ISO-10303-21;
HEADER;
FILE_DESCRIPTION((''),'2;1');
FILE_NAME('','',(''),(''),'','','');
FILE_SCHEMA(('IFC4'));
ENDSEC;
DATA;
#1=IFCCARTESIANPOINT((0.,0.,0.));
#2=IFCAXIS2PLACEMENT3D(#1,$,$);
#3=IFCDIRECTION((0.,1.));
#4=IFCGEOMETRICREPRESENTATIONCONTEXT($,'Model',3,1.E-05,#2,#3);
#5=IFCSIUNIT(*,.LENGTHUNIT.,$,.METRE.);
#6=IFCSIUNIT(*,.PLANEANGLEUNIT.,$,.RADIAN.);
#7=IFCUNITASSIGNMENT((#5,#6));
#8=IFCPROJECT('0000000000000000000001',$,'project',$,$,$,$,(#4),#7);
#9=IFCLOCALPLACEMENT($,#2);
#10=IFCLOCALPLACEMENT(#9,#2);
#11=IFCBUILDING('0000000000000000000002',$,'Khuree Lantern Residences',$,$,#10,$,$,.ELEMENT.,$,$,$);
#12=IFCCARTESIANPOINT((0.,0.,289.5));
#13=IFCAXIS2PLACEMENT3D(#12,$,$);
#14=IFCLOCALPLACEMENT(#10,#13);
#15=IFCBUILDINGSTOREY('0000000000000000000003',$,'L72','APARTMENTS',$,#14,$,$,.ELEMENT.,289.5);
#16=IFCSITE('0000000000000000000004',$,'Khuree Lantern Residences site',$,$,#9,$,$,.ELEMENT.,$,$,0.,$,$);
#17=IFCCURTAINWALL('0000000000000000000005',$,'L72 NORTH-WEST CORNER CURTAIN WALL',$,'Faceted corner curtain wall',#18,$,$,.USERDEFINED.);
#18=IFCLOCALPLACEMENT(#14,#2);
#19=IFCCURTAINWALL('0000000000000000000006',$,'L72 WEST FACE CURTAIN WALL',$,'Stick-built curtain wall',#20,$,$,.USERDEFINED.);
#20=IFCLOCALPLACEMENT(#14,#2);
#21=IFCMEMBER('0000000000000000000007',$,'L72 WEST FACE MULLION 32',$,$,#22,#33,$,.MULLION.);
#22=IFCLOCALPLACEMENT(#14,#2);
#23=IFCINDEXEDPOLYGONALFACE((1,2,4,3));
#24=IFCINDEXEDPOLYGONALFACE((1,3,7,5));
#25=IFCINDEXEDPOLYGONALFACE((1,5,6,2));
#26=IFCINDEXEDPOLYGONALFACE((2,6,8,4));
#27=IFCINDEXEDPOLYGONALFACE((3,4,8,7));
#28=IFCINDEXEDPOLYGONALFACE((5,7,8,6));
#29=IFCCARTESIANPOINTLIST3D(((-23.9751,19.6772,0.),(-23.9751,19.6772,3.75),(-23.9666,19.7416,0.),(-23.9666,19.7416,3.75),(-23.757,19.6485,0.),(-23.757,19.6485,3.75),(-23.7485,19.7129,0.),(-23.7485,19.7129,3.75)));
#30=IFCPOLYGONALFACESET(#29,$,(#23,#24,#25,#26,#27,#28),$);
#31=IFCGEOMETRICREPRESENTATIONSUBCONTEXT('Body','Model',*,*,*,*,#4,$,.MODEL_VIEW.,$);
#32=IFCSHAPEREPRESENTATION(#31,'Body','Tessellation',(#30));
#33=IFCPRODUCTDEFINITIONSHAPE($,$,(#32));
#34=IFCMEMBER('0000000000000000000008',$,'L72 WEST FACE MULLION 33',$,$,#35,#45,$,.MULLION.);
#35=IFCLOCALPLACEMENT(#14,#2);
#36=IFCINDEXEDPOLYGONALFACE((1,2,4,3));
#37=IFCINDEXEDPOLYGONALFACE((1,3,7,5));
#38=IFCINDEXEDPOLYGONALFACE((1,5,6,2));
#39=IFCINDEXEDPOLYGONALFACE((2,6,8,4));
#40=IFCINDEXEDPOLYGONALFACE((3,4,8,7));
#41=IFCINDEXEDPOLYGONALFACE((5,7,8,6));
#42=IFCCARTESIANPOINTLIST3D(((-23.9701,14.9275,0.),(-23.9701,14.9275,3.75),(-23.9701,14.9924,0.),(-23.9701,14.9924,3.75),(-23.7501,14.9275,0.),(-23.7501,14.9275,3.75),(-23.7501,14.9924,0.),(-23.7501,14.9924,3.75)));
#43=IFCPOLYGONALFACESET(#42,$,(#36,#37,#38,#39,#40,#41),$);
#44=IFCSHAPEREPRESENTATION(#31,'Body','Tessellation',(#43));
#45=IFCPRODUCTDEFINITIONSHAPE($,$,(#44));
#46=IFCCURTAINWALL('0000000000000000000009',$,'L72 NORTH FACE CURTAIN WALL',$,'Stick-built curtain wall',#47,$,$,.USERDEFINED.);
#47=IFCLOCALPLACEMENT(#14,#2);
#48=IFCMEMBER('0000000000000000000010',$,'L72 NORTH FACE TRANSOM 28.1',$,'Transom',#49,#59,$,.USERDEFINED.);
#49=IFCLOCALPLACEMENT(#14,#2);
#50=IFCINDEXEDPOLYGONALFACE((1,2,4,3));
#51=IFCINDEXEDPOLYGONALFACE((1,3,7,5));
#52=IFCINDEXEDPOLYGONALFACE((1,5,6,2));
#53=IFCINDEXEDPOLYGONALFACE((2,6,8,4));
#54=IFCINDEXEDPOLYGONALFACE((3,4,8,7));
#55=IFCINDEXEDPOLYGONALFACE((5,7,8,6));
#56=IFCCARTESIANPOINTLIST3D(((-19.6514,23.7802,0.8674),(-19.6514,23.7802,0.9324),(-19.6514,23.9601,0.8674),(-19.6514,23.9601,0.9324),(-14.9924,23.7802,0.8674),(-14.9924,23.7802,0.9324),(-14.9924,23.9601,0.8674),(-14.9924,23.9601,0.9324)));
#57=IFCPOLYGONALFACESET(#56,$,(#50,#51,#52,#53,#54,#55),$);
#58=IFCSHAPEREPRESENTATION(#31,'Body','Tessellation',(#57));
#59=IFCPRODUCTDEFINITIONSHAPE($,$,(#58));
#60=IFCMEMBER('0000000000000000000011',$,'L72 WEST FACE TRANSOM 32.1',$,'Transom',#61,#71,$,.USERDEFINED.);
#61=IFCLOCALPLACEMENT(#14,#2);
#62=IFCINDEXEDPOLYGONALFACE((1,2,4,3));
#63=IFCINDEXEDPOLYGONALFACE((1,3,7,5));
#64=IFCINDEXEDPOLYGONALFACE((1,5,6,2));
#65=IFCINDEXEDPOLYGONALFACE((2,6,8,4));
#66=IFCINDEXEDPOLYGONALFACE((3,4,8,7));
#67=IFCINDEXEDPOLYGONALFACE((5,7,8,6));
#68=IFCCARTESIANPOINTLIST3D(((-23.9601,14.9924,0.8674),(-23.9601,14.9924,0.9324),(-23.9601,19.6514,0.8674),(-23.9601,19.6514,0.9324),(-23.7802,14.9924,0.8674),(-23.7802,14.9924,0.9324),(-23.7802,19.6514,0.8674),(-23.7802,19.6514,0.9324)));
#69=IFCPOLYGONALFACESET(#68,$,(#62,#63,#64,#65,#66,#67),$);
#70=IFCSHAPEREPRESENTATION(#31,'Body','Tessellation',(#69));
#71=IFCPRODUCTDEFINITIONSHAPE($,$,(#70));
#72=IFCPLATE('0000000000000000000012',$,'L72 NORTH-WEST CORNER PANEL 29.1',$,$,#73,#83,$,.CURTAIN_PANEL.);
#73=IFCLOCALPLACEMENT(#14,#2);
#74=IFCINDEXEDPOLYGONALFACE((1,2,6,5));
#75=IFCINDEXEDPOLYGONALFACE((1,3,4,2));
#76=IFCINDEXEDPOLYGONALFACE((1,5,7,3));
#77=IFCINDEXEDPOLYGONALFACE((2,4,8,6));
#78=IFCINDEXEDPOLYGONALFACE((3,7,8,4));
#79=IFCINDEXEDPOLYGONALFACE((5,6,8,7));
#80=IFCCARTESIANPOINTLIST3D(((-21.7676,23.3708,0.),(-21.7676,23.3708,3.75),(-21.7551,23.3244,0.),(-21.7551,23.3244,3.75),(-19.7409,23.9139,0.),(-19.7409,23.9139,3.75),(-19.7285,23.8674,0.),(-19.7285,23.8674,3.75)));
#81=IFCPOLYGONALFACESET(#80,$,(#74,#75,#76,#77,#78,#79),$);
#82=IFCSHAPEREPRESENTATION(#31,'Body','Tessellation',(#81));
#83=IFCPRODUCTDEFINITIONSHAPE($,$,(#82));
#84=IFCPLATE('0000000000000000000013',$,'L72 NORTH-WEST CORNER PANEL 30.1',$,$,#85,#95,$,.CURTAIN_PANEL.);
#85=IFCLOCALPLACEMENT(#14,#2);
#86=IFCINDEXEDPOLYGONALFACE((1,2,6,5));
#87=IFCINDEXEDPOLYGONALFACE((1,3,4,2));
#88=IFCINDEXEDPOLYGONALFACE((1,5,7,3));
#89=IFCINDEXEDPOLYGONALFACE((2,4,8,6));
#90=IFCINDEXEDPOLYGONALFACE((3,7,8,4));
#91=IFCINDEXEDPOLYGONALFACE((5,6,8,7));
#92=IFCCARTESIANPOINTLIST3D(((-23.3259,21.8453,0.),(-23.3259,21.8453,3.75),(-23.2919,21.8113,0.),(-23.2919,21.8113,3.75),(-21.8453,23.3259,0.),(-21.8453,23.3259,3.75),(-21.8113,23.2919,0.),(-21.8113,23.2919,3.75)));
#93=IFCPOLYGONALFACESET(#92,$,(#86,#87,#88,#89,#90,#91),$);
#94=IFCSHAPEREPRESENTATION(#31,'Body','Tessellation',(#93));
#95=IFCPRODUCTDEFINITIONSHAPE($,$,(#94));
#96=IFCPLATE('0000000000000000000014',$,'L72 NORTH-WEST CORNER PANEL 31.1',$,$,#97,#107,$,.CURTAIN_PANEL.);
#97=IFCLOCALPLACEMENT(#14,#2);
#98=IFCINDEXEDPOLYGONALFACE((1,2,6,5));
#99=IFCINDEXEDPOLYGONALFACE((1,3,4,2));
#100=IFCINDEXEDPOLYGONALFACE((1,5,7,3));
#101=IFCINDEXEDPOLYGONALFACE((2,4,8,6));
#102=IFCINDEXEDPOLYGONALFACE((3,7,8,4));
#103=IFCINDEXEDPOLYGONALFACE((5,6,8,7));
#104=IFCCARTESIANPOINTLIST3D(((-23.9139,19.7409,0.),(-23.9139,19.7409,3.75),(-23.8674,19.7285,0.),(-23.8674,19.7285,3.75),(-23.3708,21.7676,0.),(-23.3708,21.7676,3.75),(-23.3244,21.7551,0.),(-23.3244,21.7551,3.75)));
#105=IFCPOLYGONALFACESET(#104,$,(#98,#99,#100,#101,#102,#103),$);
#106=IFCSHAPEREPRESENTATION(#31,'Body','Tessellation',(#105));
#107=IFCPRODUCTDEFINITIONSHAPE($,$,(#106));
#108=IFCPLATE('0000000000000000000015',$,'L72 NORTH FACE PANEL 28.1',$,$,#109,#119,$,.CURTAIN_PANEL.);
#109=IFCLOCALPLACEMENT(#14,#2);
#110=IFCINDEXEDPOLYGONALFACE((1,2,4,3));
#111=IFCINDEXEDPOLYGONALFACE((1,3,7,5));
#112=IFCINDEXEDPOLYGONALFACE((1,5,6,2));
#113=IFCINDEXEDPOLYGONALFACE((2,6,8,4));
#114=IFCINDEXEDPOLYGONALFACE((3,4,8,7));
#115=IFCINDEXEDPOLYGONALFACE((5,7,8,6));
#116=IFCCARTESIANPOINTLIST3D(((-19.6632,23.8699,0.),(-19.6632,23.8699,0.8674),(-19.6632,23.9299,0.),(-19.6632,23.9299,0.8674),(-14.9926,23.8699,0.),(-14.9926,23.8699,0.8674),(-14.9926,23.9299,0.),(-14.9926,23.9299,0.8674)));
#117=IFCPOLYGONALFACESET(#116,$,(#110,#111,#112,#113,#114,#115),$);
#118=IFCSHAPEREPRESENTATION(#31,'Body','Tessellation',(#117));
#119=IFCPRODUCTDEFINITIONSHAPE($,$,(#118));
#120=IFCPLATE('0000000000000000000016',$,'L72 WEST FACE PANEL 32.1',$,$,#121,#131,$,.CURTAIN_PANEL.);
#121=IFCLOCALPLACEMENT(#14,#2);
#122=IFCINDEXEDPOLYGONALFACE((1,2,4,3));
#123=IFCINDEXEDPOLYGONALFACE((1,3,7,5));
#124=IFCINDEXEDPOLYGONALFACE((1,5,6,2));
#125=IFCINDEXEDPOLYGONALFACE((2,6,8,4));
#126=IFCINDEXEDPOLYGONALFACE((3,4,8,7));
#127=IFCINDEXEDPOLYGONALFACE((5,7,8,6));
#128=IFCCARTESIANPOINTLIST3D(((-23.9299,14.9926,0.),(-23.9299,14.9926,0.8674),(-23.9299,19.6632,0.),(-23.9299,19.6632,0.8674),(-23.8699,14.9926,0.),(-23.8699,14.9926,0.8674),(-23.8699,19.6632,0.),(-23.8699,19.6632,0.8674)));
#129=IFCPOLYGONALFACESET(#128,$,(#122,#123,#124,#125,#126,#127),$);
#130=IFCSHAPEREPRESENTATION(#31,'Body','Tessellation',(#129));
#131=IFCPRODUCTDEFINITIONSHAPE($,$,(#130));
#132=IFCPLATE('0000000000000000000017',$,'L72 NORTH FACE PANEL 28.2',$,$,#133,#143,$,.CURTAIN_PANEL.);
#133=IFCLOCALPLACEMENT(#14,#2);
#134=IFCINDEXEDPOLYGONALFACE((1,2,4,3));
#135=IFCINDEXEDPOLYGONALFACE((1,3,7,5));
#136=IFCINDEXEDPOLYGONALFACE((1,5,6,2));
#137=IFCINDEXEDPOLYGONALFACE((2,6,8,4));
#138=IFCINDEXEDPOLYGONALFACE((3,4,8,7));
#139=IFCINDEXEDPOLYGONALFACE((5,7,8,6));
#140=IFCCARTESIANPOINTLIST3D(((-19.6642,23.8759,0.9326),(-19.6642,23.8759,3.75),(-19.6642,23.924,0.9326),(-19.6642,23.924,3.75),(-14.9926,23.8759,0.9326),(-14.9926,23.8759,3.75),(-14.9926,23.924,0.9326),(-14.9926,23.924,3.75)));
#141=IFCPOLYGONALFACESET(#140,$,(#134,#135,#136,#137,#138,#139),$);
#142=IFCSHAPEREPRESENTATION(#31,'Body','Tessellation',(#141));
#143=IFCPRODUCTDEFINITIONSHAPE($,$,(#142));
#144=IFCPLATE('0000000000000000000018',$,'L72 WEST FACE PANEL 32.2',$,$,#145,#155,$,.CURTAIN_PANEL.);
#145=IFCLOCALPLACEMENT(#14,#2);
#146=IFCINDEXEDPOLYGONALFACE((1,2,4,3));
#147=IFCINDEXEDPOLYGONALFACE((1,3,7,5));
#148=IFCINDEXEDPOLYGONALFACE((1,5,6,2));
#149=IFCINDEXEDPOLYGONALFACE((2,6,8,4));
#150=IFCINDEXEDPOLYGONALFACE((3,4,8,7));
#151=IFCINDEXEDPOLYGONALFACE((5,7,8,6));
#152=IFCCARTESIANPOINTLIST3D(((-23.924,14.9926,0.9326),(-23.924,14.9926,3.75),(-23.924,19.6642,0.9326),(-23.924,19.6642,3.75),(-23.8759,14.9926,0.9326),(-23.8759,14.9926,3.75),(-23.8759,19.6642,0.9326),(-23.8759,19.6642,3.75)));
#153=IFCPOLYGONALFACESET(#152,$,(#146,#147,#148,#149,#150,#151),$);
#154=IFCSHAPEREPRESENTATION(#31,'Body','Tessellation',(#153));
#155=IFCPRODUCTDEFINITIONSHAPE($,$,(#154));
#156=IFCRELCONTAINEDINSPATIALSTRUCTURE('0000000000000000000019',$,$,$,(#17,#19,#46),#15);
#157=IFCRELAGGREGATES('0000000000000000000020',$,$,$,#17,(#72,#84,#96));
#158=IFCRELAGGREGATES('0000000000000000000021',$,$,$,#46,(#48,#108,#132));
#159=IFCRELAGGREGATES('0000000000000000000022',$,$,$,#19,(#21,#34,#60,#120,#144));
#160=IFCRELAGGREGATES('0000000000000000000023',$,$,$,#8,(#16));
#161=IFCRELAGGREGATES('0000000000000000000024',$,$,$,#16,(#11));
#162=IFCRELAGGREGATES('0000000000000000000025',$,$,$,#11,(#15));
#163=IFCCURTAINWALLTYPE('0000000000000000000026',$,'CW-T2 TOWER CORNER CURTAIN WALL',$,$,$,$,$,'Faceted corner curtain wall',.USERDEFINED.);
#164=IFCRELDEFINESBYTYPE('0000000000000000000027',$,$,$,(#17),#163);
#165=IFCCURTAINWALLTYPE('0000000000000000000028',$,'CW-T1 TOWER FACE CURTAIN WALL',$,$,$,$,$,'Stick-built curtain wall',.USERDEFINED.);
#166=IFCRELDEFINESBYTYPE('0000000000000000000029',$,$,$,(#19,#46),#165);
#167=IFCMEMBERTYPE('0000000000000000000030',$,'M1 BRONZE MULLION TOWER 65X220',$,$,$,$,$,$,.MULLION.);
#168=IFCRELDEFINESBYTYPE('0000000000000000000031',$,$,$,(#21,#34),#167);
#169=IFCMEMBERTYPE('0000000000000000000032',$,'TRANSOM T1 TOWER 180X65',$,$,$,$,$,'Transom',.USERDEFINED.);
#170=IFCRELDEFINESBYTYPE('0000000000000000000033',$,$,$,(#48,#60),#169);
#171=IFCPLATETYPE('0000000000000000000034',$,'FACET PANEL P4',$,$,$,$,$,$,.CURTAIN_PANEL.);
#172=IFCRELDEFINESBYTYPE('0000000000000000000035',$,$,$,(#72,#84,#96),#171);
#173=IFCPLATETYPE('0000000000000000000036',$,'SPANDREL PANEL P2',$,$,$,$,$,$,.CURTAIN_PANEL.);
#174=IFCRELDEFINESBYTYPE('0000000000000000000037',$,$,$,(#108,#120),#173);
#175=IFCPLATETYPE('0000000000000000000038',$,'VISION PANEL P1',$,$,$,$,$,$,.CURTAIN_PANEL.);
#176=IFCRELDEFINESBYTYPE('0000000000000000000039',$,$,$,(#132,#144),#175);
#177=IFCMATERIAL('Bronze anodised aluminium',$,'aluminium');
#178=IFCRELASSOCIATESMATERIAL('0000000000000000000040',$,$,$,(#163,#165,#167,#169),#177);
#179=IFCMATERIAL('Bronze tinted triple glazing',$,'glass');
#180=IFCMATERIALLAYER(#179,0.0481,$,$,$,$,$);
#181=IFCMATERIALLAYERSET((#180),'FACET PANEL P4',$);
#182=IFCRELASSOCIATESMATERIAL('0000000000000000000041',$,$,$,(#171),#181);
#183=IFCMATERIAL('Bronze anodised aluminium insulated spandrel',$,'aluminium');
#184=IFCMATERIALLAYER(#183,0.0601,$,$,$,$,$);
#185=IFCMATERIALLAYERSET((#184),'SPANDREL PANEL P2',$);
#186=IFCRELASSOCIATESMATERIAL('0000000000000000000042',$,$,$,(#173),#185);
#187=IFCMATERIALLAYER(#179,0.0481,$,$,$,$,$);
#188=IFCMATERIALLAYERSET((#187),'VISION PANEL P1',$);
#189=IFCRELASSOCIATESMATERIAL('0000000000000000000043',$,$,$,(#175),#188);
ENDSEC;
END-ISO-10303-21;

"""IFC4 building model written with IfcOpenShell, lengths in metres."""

from ifc_helpers import new_model, si_unit, direction, frame, origin, origin_2d, place, context, subcontext, project, spatial, rectangle, extrude, material, layer, layer_set, material_profile, profile_set, type_object, element, aggregate, save


model = new_model("IFC4")

# Units and contexts
model_context = context("Model", 3, precision=1e-05, world=origin(), true_north=direction((0.0, 1.0)))
body_context = subcontext(model_context, "Body", "Model", "MODEL_VIEW")
ifc_project = project(units=[si_unit("LENGTHUNIT", "METRE"), si_unit("PLANEANGLEUNIT", "RADIAN")], contexts=[model_context])

# Site, building, storey
site_placement = place(None, origin())
site = spatial("IfcSite", under=ifc_project, at=site_placement, Name="Khuree Lantern Residences site", CompositionType="ELEMENT", RefElevation=0.0)
building_placement = place(site_placement, origin())
building = spatial("IfcBuilding", under=site, at=building_placement, Name="Khuree Lantern Residences", CompositionType="ELEMENT")
storey_placement = place(building_placement, frame((0.0, 0.0, 289.5)))
storey = spatial("IfcBuildingStorey", under=building, at=storey_placement, Name="L72", Description="APARTMENTS", CompositionType="ELEMENT", Elevation=289.5)

# Curtain wall
ifc_material_1 = material(Name="Bronze anodised aluminium", Category="aluminium")
curtain_wall_type_1 = type_object("IfcCurtainWallType", Name="CW-T2 TOWER CORNER CURTAIN WALL", ElementType="Faceted corner curtain wall", PredefinedType="USERDEFINED", material=ifc_material_1)
curtain_wall_1_placement = place(storey_placement, origin())
curtain_wall_1 = element("IfcCurtainWall", 1, at=curtain_wall_1_placement, inside=storey, type_object=curtain_wall_type_1, Name="L72 NORTH-WEST CORNER CURTAIN WALL", ObjectType="Faceted corner curtain wall", PredefinedType="USERDEFINED")

# Shared definitions
ifc_material_profile_1 = material_profile(ifc_material_1, rectangle(XDim=0.0649, YDim=0.22, at=origin_2d()), Name="M1 65X220")
ifc_profile_set_1 = profile_set([ifc_material_profile_1], Name="Bronze anodised aluminium")
member_type_1 = type_object("IfcMemberType", Name="M1 BRONZE MULLION TOWER 65X220", PredefinedType="MULLION", material=ifc_profile_set_1)

# Curtain wall, members
curtain_wall_type_2 = type_object("IfcCurtainWallType", Name="CW-T1 TOWER FACE CURTAIN WALL", ElementType="Stick-built curtain wall", PredefinedType="USERDEFINED", material=ifc_material_1)
curtain_wall_2_placement = place(storey_placement, origin())
curtain_wall_2 = element("IfcCurtainWall", 2, at=curtain_wall_2_placement, inside=storey, type_object=curtain_wall_type_2, Name="L72 WEST FACE CURTAIN WALL", ObjectType="Stick-built curtain wall", PredefinedType="USERDEFINED")
member_1_placement = place(storey_placement, frame((-23.8618, 19.6951, 0.0), z_axis=(0.0, 0.0, 1.0), x_axis=(-0.130526, -0.991445, 0.0)))
member_1 = element("IfcMember", 3, at=member_1_placement, type_object=member_type_1, Name="L72 WEST FACE MULLION 32", PredefinedType="MULLION", context=body_context, shape_type="SweptSolid", body=[
    extrude(rectangle(XDim=0.0649, YDim=0.22, at=origin_2d()), origin(), (0.0, 0.0, 1.0), 3.75),
])
member_2_placement = place(storey_placement, frame((-23.8601, 14.96, 0.0), z_axis=(0.0, 0.0, 1.0), x_axis=(0.0, -1.0, 0.0)))
member_2 = element("IfcMember", 4, at=member_2_placement, type_object=member_type_1, Name="L72 WEST FACE MULLION 33", PredefinedType="MULLION", context=body_context, shape_type="SweptSolid", body=[
    extrude(rectangle(XDim=0.0649, YDim=0.22, at=origin_2d()), origin(), (0.0, 0.0, 1.0), 3.75),
])

# Curtain wall, member
curtain_wall_3_placement = place(storey_placement, origin())
curtain_wall_3 = element("IfcCurtainWall", 5, at=curtain_wall_3_placement, inside=storey, type_object=curtain_wall_type_2, Name="L72 NORTH FACE CURTAIN WALL", ObjectType="Stick-built curtain wall", PredefinedType="USERDEFINED")
ifc_material_profile_2 = material_profile(ifc_material_1, rectangle(XDim=0.1799, YDim=0.0649, at=origin_2d()), Name="T1 180X65")
ifc_profile_set_2 = profile_set([ifc_material_profile_2], Name="Bronze anodised aluminium")
member_type_2 = type_object("IfcMemberType", Name="TRANSOM T1 TOWER 180X65", ElementType="Transom", PredefinedType="USERDEFINED", material=ifc_profile_set_2)
member_3_placement = place(storey_placement, frame((-14.9924, 23.8701, 0.8999), z_axis=(-1.0, 0.0, 0.0), x_axis=(0.0, -1.0, 0.0)))
member_3 = element("IfcMember", 6, at=member_3_placement, type_object=member_type_2, Name="L72 NORTH FACE TRANSOM 28.1", ObjectType="Transom", PredefinedType="USERDEFINED", context=body_context, shape_type="SweptSolid", body=[
    extrude(rectangle(XDim=0.1799, YDim=0.0649, at=origin_2d()), origin(), (0.0, 0.0, 1.0), 4.6589),
])

# Member
member_4_placement = place(storey_placement, frame((-23.8701, 19.6514, 0.8999), z_axis=(0.0, -1.0, 0.0), x_axis=(1.0, 0.0, 0.0)))
member_4 = element("IfcMember", 7, at=member_4_placement, type_object=member_type_2, Name="L72 WEST FACE TRANSOM 32.1", ObjectType="Transom", PredefinedType="USERDEFINED", context=body_context, shape_type="SweptSolid", body=[
    extrude(rectangle(XDim=0.1799, YDim=0.0649, at=origin_2d()), origin(), (0.0, 0.0, 1.0), 4.6589),
])

# Plates
ifc_material_2 = material(Name="Bronze tinted triple glazing", Category="glass")
ifc_layer_1 = layer(ifc_material_2, 0.0481)
ifc_layer_set_1 = layer_set([ifc_layer_1], Name="FACET PANEL P4")
plate_type_1 = type_object("IfcPlateType", Name="FACET PANEL P4", PredefinedType="CURTAIN_PANEL", material=ifc_layer_set_1)
plate_1_placement = place(storey_placement, frame((-20.748, 23.6191, 0.0), z_axis=(0.0, 0.0, 1.0), x_axis=(-0.965926, -0.258819, 0.0)))
plate_1 = element("IfcPlate", 8, at=plate_1_placement, type_object=plate_type_1, Name="L72 NORTH-WEST CORNER PANEL 29.1", PredefinedType="CURTAIN_PANEL", context=body_context, shape_type="SweptSolid", body=[
    extrude(rectangle(XDim=2.0981, YDim=0.0481, at=origin_2d()), origin(), (0.0, 0.0, 1.0), 3.75),
])
plate_2_placement = place(storey_placement, frame((-22.5686, 22.5686, 0.0), z_axis=(0.0, 0.0, 1.0), x_axis=(-0.707107, -0.707107, 0.0)))
plate_2 = element("IfcPlate", 9, at=plate_2_placement, type_object=plate_type_1, Name="L72 NORTH-WEST CORNER PANEL 30.1", PredefinedType="CURTAIN_PANEL", context=body_context, shape_type="SweptSolid", body=[
    extrude(rectangle(XDim=2.094, YDim=0.0481, at=origin_2d()), origin(), (0.0, 0.0, 1.0), 3.75),
])
plate_3_placement = place(storey_placement, frame((-23.6191, 20.748, 0.0), z_axis=(0.0, 0.0, 1.0), x_axis=(-0.258819, -0.965926, 0.0)))
plate_3 = element("IfcPlate", 10, at=plate_3_placement, type_object=plate_type_1, Name="L72 NORTH-WEST CORNER PANEL 31.1", PredefinedType="CURTAIN_PANEL", context=body_context, shape_type="SweptSolid", body=[
    extrude(rectangle(XDim=2.0981, YDim=0.0481, at=origin_2d()), origin(), (0.0, 0.0, 1.0), 3.75),
])
aggregate(curtain_wall_1, [plate_1, plate_2, plate_3])
ifc_material_3 = material(Name="Bronze anodised aluminium insulated spandrel", Category="aluminium")
ifc_layer_2 = layer(ifc_material_3, 0.0601)
ifc_layer_set_2 = layer_set([ifc_layer_2], Name="SPANDREL PANEL P2")
plate_type_2 = type_object("IfcPlateType", Name="SPANDREL PANEL P2", PredefinedType="CURTAIN_PANEL", material=ifc_layer_set_2)
plate_4_placement = place(storey_placement, frame((-17.3279, 23.8999, 0.0), z_axis=(0.0, 0.0, 1.0), x_axis=(-1.0, 0.0, 0.0)))
plate_4 = element("IfcPlate", 11, at=plate_4_placement, type_object=plate_type_2, Name="L72 NORTH FACE PANEL 28.1", PredefinedType="CURTAIN_PANEL", context=body_context, shape_type="SweptSolid", body=[
    extrude(rectangle(XDim=4.6707, YDim=0.0601, at=origin_2d()), origin(), (0.0, 0.0, 1.0), 0.8674),
])
plate_5_placement = place(storey_placement, frame((-23.8999, 17.3279, 0.0), z_axis=(0.0, 0.0, 1.0), x_axis=(0.0, -1.0, 0.0)))
plate_5 = element("IfcPlate", 12, at=plate_5_placement, type_object=plate_type_2, Name="L72 WEST FACE PANEL 32.1", PredefinedType="CURTAIN_PANEL", context=body_context, shape_type="SweptSolid", body=[
    extrude(rectangle(XDim=4.6707, YDim=0.0601, at=origin_2d()), origin(), (0.0, 0.0, 1.0), 0.8674),
])
ifc_layer_3 = layer(ifc_material_2, 0.0481)
ifc_layer_set_3 = layer_set([ifc_layer_3], Name="VISION PANEL P1")
plate_type_3 = type_object("IfcPlateType", Name="VISION PANEL P1", PredefinedType="CURTAIN_PANEL", material=ifc_layer_set_3)
plate_6_placement = place(storey_placement, frame((-17.3284, 23.8999, 0.9326), z_axis=(0.0, 0.0, 1.0), x_axis=(-1.0, 0.0, 0.0)))
plate_6 = element("IfcPlate", 13, at=plate_6_placement, type_object=plate_type_3, Name="L72 NORTH FACE PANEL 28.2", PredefinedType="CURTAIN_PANEL", context=body_context, shape_type="SweptSolid", body=[
    extrude(rectangle(XDim=4.6716, YDim=0.0481, at=origin_2d()), origin(), (0.0, 0.0, 1.0), 2.8174),
])
aggregate(curtain_wall_3, [member_3, plate_4, plate_6])
plate_7_placement = place(storey_placement, frame((-23.8999, 17.3284, 0.9326), z_axis=(0.0, 0.0, 1.0), x_axis=(0.0, -1.0, 0.0)))
plate_7 = element("IfcPlate", 14, at=plate_7_placement, type_object=plate_type_3, Name="L72 WEST FACE PANEL 32.2", PredefinedType="CURTAIN_PANEL", context=body_context, shape_type="SweptSolid", body=[
    extrude(rectangle(XDim=4.6716, YDim=0.0481, at=origin_2d()), origin(), (0.0, 0.0, 1.0), 2.8174),
])
aggregate(curtain_wall_2, [member_1, member_2, member_4, plate_5, plate_7])

save(model, "model.ifc")
